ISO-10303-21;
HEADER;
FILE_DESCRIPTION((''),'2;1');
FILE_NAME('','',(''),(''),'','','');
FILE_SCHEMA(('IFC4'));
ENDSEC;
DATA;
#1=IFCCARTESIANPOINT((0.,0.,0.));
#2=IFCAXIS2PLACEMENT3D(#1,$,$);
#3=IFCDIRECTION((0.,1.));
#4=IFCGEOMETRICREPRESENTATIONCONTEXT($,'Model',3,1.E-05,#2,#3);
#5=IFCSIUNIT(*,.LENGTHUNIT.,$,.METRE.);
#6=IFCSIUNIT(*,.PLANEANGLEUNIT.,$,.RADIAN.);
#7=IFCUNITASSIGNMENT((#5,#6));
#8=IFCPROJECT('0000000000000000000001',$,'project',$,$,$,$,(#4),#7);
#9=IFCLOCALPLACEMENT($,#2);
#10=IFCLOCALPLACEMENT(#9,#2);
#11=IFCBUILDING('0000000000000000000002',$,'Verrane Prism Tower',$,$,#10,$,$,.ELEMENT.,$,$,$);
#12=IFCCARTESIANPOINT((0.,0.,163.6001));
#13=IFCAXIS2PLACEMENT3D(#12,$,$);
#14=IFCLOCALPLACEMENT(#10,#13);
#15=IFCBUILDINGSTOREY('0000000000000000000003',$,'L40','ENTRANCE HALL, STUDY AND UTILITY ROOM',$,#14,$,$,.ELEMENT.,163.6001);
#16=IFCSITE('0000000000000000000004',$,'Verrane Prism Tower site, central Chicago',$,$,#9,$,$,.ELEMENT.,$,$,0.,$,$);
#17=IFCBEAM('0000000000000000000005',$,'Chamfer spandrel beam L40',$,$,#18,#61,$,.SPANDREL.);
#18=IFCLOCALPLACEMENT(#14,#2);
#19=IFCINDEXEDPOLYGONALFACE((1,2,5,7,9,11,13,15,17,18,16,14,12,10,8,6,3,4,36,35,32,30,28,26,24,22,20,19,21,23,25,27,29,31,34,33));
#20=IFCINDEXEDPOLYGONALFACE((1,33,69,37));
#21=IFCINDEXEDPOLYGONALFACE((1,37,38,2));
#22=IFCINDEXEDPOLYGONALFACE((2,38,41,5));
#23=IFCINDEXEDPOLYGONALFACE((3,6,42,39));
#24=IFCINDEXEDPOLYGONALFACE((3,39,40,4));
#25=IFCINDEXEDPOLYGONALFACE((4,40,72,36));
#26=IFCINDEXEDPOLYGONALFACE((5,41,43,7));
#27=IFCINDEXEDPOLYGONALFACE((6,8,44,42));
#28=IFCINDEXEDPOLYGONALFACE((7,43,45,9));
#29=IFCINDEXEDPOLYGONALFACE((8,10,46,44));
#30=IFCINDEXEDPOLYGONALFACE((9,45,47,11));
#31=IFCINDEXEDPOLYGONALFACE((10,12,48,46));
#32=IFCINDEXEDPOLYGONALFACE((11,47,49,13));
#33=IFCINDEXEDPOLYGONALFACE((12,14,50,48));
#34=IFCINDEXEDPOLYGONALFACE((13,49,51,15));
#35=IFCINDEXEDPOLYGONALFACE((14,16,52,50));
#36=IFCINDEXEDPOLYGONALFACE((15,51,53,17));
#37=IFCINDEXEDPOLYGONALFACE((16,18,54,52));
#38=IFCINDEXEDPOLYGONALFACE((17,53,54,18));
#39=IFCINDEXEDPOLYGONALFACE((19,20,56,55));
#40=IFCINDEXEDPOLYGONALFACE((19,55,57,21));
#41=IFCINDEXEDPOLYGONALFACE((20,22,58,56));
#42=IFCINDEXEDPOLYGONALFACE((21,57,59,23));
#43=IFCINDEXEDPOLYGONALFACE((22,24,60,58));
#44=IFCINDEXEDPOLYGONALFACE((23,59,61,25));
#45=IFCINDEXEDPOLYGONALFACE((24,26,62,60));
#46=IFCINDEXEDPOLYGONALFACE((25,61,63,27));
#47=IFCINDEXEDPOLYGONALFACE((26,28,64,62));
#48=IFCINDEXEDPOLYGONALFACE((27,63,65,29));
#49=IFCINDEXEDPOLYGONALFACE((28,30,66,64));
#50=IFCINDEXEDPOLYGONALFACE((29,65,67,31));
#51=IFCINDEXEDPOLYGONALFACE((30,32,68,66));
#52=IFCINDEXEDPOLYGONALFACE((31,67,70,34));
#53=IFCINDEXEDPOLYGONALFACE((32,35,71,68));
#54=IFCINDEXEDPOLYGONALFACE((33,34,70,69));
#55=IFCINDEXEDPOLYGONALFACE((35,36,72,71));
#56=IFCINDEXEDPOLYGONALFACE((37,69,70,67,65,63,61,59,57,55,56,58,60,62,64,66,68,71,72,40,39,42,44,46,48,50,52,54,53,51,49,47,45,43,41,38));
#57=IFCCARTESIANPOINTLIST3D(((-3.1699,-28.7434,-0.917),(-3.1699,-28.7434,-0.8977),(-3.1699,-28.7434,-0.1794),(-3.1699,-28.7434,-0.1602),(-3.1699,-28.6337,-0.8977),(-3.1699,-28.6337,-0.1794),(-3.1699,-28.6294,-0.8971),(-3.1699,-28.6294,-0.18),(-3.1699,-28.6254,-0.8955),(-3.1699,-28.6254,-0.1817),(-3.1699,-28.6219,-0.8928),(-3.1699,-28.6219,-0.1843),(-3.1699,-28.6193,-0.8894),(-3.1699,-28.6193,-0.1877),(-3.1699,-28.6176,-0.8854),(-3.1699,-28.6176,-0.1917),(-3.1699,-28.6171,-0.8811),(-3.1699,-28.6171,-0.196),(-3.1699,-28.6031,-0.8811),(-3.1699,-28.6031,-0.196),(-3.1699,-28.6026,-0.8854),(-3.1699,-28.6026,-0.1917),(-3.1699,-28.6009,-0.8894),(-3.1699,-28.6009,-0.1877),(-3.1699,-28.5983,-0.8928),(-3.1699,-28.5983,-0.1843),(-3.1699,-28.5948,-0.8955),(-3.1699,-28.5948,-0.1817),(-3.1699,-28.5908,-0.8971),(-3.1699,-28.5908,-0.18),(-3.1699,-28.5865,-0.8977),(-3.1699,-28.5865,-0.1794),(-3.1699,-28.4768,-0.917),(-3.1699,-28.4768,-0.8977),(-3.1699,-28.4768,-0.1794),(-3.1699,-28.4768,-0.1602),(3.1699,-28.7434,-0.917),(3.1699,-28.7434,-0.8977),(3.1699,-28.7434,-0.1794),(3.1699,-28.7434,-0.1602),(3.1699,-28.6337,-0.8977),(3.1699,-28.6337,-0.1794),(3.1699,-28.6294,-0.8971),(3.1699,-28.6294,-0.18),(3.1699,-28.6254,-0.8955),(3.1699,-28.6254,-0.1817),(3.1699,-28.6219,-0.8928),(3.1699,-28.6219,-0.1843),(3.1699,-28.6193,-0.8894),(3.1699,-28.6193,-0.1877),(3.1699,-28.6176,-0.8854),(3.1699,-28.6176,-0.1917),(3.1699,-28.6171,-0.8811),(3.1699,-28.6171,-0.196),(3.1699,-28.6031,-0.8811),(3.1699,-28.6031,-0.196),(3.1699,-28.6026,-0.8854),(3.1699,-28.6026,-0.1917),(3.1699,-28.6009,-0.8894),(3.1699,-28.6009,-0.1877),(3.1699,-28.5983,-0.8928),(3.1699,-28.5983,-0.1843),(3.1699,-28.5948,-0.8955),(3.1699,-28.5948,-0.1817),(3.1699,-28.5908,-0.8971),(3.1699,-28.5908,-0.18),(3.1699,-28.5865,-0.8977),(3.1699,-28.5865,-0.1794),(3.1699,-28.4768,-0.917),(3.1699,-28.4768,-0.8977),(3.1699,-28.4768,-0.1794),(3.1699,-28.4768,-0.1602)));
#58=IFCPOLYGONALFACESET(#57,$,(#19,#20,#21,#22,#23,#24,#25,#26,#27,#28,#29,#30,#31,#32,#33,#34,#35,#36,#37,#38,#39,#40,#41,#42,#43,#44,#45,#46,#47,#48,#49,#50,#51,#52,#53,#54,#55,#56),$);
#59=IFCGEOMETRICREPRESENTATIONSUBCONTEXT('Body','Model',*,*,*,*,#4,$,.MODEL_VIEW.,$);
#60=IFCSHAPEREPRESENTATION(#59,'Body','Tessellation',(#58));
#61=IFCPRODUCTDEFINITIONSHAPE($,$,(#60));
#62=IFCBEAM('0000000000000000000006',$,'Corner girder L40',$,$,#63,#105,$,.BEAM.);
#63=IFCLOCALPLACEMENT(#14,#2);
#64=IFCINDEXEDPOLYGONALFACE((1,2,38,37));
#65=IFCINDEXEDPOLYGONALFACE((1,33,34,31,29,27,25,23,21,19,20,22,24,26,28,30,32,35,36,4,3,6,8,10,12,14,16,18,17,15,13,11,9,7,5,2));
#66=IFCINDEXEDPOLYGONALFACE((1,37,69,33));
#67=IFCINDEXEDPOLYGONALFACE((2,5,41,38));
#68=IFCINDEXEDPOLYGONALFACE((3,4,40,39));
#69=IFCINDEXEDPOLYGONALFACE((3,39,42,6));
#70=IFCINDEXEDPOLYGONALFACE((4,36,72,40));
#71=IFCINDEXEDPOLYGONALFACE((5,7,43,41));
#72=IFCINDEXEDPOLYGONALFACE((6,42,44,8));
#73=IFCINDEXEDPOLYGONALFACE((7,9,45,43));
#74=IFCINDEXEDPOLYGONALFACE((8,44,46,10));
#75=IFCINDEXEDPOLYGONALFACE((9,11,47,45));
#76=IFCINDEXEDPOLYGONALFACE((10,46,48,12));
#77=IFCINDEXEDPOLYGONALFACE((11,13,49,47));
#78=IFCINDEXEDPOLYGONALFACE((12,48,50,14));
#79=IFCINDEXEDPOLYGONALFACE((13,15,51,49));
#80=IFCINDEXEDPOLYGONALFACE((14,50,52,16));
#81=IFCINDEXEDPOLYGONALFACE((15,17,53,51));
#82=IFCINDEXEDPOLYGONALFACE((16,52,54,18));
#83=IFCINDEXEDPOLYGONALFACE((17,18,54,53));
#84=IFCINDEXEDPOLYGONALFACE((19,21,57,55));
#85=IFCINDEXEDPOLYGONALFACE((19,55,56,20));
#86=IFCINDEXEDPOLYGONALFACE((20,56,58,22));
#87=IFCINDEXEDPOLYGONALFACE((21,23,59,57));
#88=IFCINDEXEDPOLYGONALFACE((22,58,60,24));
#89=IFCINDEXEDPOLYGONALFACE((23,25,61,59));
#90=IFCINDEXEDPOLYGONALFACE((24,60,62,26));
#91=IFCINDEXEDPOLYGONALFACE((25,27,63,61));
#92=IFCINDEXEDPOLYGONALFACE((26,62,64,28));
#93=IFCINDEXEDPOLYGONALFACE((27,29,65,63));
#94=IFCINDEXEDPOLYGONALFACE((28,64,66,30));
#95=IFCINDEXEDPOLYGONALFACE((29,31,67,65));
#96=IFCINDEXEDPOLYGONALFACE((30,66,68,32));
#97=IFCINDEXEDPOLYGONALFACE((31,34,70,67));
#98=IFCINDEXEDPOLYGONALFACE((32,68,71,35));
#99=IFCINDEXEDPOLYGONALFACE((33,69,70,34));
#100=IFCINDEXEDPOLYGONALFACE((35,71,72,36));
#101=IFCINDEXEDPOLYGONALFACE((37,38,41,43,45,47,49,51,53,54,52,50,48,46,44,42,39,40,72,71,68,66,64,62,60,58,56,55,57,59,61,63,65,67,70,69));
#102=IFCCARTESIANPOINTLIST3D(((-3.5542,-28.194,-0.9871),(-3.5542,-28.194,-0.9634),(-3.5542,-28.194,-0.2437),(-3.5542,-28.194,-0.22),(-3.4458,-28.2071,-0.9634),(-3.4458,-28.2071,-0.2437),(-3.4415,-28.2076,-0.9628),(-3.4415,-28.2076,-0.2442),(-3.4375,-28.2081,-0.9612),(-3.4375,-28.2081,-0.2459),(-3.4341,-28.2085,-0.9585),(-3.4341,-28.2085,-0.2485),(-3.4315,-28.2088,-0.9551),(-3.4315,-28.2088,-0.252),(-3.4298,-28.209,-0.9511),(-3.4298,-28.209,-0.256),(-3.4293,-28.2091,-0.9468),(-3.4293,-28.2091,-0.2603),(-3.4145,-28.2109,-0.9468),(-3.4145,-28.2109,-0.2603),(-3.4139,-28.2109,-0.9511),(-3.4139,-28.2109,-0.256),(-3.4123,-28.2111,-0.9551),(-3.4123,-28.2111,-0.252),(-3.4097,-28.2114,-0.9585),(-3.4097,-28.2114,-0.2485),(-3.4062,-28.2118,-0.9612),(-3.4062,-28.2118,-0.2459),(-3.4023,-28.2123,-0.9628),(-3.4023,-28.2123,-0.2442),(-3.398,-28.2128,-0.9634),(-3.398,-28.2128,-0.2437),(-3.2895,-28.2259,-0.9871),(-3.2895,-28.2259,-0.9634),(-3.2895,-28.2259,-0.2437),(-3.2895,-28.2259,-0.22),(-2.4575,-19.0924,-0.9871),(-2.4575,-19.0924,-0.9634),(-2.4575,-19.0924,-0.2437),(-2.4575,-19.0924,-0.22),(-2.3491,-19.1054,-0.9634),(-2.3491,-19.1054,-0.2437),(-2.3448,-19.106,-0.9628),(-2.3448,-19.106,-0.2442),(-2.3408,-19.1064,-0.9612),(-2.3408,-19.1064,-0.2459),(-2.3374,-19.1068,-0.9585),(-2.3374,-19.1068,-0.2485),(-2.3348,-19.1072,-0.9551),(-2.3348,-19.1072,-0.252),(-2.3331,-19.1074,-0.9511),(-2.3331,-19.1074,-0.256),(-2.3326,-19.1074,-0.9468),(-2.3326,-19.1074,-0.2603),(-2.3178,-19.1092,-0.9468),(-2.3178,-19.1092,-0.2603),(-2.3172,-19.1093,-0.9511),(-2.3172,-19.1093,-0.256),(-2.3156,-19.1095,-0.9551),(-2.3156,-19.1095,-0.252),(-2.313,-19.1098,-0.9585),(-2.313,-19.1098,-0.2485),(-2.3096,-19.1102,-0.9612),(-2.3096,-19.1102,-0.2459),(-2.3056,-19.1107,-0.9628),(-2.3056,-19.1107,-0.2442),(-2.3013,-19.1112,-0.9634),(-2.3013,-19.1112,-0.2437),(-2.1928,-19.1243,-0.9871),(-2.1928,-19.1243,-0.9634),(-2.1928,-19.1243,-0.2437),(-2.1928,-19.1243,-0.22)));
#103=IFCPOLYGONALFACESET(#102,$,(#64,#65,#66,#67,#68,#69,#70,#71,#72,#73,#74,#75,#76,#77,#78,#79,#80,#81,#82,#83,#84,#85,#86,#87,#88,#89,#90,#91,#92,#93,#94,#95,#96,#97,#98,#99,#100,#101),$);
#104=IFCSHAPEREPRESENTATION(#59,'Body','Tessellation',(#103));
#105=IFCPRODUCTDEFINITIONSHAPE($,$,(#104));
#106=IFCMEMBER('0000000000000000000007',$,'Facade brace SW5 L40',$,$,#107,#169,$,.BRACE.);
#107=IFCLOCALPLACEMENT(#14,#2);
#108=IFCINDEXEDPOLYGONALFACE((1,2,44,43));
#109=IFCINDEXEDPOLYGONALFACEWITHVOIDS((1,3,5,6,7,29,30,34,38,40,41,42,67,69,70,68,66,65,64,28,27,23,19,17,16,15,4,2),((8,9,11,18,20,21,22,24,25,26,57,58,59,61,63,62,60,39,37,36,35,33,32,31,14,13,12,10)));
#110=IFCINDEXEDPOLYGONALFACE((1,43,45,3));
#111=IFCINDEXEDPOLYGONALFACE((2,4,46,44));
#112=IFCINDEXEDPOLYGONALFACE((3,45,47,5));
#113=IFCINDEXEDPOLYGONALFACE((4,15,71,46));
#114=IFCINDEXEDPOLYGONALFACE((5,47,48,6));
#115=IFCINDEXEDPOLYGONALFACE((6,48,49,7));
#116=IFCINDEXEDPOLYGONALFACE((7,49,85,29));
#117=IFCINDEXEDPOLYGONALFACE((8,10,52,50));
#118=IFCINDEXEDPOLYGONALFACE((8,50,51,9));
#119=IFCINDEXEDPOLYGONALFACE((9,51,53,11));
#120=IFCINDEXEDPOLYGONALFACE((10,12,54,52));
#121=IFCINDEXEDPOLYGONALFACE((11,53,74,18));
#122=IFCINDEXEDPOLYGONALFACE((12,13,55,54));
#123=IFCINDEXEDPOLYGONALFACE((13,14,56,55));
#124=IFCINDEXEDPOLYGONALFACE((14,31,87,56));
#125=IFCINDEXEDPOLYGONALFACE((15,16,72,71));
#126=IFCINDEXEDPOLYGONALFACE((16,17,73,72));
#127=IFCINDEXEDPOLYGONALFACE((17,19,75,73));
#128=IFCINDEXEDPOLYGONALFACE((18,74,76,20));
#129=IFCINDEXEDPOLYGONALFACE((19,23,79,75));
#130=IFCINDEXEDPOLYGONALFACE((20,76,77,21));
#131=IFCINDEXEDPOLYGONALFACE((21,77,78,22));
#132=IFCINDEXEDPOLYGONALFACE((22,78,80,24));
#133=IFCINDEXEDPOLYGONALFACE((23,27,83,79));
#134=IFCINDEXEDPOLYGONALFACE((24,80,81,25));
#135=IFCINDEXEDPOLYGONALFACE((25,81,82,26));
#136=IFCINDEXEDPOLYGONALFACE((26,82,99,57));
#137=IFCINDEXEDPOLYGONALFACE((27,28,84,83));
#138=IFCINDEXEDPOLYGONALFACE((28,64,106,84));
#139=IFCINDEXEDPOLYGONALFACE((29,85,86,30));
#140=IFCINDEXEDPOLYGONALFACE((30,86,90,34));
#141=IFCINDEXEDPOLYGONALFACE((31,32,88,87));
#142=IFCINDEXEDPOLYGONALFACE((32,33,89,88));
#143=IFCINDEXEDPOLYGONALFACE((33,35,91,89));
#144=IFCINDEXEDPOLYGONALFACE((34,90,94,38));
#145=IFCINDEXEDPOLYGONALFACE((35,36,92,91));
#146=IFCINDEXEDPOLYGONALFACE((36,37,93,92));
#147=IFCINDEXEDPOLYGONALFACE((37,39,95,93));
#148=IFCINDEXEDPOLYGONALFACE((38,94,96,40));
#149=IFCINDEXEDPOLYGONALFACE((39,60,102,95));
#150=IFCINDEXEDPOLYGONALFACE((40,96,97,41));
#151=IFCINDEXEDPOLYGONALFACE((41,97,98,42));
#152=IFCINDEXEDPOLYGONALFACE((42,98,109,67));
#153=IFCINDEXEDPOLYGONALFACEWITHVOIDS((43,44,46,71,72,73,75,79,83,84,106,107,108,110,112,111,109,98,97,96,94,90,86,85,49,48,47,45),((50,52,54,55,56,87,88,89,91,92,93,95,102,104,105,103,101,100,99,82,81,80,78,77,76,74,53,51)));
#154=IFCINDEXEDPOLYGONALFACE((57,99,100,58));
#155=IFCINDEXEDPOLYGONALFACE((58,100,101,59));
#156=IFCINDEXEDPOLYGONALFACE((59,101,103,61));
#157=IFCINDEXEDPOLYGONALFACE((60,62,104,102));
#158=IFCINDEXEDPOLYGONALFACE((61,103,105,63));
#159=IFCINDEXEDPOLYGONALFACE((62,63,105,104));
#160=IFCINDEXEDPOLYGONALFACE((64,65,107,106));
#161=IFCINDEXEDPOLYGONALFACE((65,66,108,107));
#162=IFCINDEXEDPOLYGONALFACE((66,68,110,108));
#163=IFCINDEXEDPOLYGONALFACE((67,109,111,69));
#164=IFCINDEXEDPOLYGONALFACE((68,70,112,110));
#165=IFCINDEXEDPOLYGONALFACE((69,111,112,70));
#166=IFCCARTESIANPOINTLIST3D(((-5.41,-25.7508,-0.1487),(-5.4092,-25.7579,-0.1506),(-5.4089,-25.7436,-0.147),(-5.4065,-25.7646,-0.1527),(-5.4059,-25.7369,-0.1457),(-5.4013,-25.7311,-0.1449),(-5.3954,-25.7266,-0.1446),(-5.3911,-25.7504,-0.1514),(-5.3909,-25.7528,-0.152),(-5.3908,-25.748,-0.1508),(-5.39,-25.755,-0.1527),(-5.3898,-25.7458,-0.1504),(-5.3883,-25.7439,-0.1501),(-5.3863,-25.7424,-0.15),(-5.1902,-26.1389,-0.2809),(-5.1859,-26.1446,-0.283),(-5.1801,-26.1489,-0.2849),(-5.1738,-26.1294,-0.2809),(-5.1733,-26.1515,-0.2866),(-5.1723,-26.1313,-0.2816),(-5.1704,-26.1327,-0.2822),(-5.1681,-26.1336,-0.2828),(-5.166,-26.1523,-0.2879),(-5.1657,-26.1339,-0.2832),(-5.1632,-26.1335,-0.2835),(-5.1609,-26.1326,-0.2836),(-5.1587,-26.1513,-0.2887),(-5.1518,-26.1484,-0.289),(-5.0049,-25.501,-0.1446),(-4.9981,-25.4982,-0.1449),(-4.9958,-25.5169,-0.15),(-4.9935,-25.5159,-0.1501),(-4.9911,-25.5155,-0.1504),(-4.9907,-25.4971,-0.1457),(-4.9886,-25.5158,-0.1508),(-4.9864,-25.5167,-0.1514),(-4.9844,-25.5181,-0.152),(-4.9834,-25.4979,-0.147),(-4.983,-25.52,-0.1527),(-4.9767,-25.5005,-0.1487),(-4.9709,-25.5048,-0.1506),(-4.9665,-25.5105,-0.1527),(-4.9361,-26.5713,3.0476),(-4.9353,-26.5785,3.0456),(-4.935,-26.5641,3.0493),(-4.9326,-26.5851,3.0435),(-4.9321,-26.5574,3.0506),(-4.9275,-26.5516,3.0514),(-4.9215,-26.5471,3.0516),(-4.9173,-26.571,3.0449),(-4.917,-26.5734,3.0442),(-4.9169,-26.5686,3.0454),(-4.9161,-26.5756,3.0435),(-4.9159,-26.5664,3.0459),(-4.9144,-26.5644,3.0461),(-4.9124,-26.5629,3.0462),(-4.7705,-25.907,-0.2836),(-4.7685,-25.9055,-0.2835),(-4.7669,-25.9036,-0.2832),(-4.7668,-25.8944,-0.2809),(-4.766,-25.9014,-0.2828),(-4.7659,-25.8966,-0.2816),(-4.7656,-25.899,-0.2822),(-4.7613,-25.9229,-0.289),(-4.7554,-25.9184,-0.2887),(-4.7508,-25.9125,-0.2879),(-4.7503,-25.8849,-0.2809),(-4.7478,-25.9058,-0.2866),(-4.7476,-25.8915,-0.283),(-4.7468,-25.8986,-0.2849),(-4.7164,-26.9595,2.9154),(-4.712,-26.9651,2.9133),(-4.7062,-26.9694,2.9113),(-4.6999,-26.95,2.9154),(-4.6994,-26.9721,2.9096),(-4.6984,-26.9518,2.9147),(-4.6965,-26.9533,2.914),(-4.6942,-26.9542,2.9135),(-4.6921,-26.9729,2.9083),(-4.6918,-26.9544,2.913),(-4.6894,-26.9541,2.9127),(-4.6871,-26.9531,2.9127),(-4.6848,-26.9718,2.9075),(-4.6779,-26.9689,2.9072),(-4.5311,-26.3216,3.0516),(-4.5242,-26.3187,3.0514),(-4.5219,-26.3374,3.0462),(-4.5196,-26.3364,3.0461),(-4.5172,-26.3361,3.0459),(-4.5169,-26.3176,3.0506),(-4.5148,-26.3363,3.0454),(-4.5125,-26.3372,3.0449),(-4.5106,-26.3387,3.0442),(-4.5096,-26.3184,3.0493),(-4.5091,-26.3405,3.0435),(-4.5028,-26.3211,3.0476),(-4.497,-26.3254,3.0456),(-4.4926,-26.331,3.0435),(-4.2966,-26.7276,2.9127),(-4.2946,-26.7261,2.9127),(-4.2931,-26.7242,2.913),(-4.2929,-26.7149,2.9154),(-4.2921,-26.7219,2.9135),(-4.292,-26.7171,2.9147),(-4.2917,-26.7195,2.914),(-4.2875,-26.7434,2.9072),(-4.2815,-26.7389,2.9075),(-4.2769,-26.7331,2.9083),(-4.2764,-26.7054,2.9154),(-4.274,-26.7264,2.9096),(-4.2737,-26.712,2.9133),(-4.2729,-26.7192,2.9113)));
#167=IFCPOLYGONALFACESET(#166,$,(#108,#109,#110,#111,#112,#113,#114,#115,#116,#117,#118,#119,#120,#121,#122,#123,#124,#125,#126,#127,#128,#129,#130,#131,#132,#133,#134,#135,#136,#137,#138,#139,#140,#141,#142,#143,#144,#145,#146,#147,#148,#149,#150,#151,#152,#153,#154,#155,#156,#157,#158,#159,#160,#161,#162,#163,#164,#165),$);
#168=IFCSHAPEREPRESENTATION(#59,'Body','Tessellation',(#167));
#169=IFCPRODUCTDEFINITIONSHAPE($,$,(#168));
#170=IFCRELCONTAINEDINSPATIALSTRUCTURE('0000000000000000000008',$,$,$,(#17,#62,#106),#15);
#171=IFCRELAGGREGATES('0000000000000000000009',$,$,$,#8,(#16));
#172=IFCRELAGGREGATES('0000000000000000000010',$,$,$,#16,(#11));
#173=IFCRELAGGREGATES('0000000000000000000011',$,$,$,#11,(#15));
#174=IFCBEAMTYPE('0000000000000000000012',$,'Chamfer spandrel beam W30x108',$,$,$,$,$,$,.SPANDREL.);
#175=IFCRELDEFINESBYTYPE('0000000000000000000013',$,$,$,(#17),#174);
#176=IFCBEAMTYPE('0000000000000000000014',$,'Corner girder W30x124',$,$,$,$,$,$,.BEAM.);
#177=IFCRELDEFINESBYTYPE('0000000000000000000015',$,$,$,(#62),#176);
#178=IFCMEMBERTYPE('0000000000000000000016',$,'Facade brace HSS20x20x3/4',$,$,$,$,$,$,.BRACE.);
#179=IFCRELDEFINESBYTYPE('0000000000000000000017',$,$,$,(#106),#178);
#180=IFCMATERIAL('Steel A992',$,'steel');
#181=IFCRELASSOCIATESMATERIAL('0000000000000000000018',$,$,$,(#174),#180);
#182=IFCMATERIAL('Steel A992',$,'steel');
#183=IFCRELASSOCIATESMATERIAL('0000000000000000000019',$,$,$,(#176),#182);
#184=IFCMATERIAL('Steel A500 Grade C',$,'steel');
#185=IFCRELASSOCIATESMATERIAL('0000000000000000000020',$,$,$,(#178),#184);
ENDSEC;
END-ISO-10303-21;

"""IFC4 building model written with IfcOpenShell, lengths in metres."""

from ifc_helpers import new_model, si_unit, direction, frame, origin, origin_2d, place, context, subcontext, project, spatial, hollow_rectangle, i_section, extrude, material, material_profile, profile_set, type_object, element, save


model = new_model("IFC4")

# Units and contexts
model_context = context("Model", 3, precision=1e-05, world=origin(), true_north=direction((0.0, 1.0)))
body_context = subcontext(model_context, "Body", "Model", "MODEL_VIEW")
ifc_project = project(units=[si_unit("LENGTHUNIT", "METRE"), si_unit("PLANEANGLEUNIT", "RADIAN")], contexts=[model_context])

# Site, building, storey
site_placement = place(None, origin())
site = spatial("IfcSite", under=ifc_project, at=site_placement, Name="Verrane Prism Tower site, central Chicago", CompositionType="ELEMENT", RefElevation=0.0)
building_placement = place(site_placement, origin())
building = spatial("IfcBuilding", under=site, at=building_placement, Name="Verrane Prism Tower", CompositionType="ELEMENT")
storey_placement = place(building_placement, frame((0.0, 0.0, 163.6001)))
storey = spatial("IfcBuildingStorey", under=building, at=storey_placement, Name="L40", Description="ENTRANCE HALL, STUDY AND UTILITY ROOM", CompositionType="ELEMENT", Elevation=163.6001)

# Beams
ifc_material_1 = material(Name="Steel A992", Category="steel")
ifc_material_profile_1 = material_profile(ifc_material_1, i_section(OverallWidth=0.2666, OverallDepth=0.7568, WebThickness=0.0139, FlangeThickness=0.0193, FilletRadius=0.0166, at=origin_2d()), Name="W30x108")
ifc_profile_set_1 = profile_set([ifc_material_profile_1], Name="Steel A992")
beam_type_1 = type_object("IfcBeamType", Name="Chamfer spandrel beam W30x108", PredefinedType="SPANDREL", material=ifc_profile_set_1)
beam_1_placement = place(storey_placement, frame((-3.1699, -28.6101, -0.5386), z_axis=(1.0, 0.0, 0.0), x_axis=(0.0, 1.0, 0.0)))
element("IfcBeam", 1, at=beam_1_placement, inside=storey, type_object=beam_type_1, Name="Chamfer spandrel beam L40", PredefinedType="SPANDREL", context=body_context, shape_type="SweptSolid", body=[
    extrude(i_section(OverallWidth=0.2666, OverallDepth=0.7568, WebThickness=0.0139, FlangeThickness=0.0193, FilletRadius=0.0166, at=origin_2d()), origin(), (0.0, 0.0, 1.0), 6.3398),
])
ifc_material_2 = material(Name="Steel A992", Category="steel")
ifc_material_profile_2 = material_profile(ifc_material_2, i_section(OverallWidth=0.2666, OverallDepth=0.7671, WebThickness=0.0149, FlangeThickness=0.0237, FilletRadius=0.0166, at=origin_2d()), Name="W30x124")
ifc_profile_set_2 = profile_set([ifc_material_profile_2], Name="Steel A992")
beam_type_2 = type_object("IfcBeamType", Name="Corner girder W30x124", PredefinedType="BEAM", material=ifc_profile_set_2)
beam_2_placement = place(storey_placement, frame((-3.4219, -28.21, -0.6035), z_axis=(0.119628, 0.992819, 0.0), x_axis=(-0.992819, 0.119628, 0.0)))
element("IfcBeam", 2, at=beam_2_placement, inside=storey, type_object=beam_type_2, Name="Corner girder L40", PredefinedType="BEAM", context=body_context, shape_type="SweptSolid", body=[
    extrude(i_section(OverallWidth=0.2666, OverallDepth=0.7671, WebThickness=0.0149, FlangeThickness=0.0237, FilletRadius=0.0166, at=origin_2d()), origin(), (0.0, 0.0, 1.0), 9.1675),
])

# Member
ifc_material_3 = material(Name="Steel A500 Grade C", Category="steel")
ifc_material_profile_3 = material_profile(ifc_material_3, hollow_rectangle(XDim=0.5081, YDim=0.5081, WallThickness=0.019, InnerFilletRadius=0.0095, OuterFilletRadius=0.0286, at=origin_2d()), Name="HSS20x20x3/4")
ifc_profile_set_3 = profile_set([ifc_material_profile_3], Name="Steel A500 Grade C")
member_type_1 = type_object("IfcMemberType", Name="Facade brace HSS20x20x3/4", PredefinedType="BRACE", material=ifc_profile_set_3)
member_1_placement = place(storey_placement, frame((-5.0784, -25.8247, -0.2168), z_axis=(0.142144, -0.246133, 0.958756), x_axis=(0.865967, 0.500102, 0.0)))
element("IfcMember", 3, at=member_1_placement, inside=storey, type_object=member_type_1, Name="Facade brace SW5 L40", PredefinedType="BRACE", context=body_context, shape_type="SweptSolid", body=[
    extrude(hollow_rectangle(XDim=0.5081, YDim=0.5081, WallThickness=0.019, InnerFilletRadius=0.0095, OuterFilletRadius=0.0286, at=origin_2d()), origin(), (0.0, 0.0, 1.0), 3.3337),
])

save(model, "model.ifc")
